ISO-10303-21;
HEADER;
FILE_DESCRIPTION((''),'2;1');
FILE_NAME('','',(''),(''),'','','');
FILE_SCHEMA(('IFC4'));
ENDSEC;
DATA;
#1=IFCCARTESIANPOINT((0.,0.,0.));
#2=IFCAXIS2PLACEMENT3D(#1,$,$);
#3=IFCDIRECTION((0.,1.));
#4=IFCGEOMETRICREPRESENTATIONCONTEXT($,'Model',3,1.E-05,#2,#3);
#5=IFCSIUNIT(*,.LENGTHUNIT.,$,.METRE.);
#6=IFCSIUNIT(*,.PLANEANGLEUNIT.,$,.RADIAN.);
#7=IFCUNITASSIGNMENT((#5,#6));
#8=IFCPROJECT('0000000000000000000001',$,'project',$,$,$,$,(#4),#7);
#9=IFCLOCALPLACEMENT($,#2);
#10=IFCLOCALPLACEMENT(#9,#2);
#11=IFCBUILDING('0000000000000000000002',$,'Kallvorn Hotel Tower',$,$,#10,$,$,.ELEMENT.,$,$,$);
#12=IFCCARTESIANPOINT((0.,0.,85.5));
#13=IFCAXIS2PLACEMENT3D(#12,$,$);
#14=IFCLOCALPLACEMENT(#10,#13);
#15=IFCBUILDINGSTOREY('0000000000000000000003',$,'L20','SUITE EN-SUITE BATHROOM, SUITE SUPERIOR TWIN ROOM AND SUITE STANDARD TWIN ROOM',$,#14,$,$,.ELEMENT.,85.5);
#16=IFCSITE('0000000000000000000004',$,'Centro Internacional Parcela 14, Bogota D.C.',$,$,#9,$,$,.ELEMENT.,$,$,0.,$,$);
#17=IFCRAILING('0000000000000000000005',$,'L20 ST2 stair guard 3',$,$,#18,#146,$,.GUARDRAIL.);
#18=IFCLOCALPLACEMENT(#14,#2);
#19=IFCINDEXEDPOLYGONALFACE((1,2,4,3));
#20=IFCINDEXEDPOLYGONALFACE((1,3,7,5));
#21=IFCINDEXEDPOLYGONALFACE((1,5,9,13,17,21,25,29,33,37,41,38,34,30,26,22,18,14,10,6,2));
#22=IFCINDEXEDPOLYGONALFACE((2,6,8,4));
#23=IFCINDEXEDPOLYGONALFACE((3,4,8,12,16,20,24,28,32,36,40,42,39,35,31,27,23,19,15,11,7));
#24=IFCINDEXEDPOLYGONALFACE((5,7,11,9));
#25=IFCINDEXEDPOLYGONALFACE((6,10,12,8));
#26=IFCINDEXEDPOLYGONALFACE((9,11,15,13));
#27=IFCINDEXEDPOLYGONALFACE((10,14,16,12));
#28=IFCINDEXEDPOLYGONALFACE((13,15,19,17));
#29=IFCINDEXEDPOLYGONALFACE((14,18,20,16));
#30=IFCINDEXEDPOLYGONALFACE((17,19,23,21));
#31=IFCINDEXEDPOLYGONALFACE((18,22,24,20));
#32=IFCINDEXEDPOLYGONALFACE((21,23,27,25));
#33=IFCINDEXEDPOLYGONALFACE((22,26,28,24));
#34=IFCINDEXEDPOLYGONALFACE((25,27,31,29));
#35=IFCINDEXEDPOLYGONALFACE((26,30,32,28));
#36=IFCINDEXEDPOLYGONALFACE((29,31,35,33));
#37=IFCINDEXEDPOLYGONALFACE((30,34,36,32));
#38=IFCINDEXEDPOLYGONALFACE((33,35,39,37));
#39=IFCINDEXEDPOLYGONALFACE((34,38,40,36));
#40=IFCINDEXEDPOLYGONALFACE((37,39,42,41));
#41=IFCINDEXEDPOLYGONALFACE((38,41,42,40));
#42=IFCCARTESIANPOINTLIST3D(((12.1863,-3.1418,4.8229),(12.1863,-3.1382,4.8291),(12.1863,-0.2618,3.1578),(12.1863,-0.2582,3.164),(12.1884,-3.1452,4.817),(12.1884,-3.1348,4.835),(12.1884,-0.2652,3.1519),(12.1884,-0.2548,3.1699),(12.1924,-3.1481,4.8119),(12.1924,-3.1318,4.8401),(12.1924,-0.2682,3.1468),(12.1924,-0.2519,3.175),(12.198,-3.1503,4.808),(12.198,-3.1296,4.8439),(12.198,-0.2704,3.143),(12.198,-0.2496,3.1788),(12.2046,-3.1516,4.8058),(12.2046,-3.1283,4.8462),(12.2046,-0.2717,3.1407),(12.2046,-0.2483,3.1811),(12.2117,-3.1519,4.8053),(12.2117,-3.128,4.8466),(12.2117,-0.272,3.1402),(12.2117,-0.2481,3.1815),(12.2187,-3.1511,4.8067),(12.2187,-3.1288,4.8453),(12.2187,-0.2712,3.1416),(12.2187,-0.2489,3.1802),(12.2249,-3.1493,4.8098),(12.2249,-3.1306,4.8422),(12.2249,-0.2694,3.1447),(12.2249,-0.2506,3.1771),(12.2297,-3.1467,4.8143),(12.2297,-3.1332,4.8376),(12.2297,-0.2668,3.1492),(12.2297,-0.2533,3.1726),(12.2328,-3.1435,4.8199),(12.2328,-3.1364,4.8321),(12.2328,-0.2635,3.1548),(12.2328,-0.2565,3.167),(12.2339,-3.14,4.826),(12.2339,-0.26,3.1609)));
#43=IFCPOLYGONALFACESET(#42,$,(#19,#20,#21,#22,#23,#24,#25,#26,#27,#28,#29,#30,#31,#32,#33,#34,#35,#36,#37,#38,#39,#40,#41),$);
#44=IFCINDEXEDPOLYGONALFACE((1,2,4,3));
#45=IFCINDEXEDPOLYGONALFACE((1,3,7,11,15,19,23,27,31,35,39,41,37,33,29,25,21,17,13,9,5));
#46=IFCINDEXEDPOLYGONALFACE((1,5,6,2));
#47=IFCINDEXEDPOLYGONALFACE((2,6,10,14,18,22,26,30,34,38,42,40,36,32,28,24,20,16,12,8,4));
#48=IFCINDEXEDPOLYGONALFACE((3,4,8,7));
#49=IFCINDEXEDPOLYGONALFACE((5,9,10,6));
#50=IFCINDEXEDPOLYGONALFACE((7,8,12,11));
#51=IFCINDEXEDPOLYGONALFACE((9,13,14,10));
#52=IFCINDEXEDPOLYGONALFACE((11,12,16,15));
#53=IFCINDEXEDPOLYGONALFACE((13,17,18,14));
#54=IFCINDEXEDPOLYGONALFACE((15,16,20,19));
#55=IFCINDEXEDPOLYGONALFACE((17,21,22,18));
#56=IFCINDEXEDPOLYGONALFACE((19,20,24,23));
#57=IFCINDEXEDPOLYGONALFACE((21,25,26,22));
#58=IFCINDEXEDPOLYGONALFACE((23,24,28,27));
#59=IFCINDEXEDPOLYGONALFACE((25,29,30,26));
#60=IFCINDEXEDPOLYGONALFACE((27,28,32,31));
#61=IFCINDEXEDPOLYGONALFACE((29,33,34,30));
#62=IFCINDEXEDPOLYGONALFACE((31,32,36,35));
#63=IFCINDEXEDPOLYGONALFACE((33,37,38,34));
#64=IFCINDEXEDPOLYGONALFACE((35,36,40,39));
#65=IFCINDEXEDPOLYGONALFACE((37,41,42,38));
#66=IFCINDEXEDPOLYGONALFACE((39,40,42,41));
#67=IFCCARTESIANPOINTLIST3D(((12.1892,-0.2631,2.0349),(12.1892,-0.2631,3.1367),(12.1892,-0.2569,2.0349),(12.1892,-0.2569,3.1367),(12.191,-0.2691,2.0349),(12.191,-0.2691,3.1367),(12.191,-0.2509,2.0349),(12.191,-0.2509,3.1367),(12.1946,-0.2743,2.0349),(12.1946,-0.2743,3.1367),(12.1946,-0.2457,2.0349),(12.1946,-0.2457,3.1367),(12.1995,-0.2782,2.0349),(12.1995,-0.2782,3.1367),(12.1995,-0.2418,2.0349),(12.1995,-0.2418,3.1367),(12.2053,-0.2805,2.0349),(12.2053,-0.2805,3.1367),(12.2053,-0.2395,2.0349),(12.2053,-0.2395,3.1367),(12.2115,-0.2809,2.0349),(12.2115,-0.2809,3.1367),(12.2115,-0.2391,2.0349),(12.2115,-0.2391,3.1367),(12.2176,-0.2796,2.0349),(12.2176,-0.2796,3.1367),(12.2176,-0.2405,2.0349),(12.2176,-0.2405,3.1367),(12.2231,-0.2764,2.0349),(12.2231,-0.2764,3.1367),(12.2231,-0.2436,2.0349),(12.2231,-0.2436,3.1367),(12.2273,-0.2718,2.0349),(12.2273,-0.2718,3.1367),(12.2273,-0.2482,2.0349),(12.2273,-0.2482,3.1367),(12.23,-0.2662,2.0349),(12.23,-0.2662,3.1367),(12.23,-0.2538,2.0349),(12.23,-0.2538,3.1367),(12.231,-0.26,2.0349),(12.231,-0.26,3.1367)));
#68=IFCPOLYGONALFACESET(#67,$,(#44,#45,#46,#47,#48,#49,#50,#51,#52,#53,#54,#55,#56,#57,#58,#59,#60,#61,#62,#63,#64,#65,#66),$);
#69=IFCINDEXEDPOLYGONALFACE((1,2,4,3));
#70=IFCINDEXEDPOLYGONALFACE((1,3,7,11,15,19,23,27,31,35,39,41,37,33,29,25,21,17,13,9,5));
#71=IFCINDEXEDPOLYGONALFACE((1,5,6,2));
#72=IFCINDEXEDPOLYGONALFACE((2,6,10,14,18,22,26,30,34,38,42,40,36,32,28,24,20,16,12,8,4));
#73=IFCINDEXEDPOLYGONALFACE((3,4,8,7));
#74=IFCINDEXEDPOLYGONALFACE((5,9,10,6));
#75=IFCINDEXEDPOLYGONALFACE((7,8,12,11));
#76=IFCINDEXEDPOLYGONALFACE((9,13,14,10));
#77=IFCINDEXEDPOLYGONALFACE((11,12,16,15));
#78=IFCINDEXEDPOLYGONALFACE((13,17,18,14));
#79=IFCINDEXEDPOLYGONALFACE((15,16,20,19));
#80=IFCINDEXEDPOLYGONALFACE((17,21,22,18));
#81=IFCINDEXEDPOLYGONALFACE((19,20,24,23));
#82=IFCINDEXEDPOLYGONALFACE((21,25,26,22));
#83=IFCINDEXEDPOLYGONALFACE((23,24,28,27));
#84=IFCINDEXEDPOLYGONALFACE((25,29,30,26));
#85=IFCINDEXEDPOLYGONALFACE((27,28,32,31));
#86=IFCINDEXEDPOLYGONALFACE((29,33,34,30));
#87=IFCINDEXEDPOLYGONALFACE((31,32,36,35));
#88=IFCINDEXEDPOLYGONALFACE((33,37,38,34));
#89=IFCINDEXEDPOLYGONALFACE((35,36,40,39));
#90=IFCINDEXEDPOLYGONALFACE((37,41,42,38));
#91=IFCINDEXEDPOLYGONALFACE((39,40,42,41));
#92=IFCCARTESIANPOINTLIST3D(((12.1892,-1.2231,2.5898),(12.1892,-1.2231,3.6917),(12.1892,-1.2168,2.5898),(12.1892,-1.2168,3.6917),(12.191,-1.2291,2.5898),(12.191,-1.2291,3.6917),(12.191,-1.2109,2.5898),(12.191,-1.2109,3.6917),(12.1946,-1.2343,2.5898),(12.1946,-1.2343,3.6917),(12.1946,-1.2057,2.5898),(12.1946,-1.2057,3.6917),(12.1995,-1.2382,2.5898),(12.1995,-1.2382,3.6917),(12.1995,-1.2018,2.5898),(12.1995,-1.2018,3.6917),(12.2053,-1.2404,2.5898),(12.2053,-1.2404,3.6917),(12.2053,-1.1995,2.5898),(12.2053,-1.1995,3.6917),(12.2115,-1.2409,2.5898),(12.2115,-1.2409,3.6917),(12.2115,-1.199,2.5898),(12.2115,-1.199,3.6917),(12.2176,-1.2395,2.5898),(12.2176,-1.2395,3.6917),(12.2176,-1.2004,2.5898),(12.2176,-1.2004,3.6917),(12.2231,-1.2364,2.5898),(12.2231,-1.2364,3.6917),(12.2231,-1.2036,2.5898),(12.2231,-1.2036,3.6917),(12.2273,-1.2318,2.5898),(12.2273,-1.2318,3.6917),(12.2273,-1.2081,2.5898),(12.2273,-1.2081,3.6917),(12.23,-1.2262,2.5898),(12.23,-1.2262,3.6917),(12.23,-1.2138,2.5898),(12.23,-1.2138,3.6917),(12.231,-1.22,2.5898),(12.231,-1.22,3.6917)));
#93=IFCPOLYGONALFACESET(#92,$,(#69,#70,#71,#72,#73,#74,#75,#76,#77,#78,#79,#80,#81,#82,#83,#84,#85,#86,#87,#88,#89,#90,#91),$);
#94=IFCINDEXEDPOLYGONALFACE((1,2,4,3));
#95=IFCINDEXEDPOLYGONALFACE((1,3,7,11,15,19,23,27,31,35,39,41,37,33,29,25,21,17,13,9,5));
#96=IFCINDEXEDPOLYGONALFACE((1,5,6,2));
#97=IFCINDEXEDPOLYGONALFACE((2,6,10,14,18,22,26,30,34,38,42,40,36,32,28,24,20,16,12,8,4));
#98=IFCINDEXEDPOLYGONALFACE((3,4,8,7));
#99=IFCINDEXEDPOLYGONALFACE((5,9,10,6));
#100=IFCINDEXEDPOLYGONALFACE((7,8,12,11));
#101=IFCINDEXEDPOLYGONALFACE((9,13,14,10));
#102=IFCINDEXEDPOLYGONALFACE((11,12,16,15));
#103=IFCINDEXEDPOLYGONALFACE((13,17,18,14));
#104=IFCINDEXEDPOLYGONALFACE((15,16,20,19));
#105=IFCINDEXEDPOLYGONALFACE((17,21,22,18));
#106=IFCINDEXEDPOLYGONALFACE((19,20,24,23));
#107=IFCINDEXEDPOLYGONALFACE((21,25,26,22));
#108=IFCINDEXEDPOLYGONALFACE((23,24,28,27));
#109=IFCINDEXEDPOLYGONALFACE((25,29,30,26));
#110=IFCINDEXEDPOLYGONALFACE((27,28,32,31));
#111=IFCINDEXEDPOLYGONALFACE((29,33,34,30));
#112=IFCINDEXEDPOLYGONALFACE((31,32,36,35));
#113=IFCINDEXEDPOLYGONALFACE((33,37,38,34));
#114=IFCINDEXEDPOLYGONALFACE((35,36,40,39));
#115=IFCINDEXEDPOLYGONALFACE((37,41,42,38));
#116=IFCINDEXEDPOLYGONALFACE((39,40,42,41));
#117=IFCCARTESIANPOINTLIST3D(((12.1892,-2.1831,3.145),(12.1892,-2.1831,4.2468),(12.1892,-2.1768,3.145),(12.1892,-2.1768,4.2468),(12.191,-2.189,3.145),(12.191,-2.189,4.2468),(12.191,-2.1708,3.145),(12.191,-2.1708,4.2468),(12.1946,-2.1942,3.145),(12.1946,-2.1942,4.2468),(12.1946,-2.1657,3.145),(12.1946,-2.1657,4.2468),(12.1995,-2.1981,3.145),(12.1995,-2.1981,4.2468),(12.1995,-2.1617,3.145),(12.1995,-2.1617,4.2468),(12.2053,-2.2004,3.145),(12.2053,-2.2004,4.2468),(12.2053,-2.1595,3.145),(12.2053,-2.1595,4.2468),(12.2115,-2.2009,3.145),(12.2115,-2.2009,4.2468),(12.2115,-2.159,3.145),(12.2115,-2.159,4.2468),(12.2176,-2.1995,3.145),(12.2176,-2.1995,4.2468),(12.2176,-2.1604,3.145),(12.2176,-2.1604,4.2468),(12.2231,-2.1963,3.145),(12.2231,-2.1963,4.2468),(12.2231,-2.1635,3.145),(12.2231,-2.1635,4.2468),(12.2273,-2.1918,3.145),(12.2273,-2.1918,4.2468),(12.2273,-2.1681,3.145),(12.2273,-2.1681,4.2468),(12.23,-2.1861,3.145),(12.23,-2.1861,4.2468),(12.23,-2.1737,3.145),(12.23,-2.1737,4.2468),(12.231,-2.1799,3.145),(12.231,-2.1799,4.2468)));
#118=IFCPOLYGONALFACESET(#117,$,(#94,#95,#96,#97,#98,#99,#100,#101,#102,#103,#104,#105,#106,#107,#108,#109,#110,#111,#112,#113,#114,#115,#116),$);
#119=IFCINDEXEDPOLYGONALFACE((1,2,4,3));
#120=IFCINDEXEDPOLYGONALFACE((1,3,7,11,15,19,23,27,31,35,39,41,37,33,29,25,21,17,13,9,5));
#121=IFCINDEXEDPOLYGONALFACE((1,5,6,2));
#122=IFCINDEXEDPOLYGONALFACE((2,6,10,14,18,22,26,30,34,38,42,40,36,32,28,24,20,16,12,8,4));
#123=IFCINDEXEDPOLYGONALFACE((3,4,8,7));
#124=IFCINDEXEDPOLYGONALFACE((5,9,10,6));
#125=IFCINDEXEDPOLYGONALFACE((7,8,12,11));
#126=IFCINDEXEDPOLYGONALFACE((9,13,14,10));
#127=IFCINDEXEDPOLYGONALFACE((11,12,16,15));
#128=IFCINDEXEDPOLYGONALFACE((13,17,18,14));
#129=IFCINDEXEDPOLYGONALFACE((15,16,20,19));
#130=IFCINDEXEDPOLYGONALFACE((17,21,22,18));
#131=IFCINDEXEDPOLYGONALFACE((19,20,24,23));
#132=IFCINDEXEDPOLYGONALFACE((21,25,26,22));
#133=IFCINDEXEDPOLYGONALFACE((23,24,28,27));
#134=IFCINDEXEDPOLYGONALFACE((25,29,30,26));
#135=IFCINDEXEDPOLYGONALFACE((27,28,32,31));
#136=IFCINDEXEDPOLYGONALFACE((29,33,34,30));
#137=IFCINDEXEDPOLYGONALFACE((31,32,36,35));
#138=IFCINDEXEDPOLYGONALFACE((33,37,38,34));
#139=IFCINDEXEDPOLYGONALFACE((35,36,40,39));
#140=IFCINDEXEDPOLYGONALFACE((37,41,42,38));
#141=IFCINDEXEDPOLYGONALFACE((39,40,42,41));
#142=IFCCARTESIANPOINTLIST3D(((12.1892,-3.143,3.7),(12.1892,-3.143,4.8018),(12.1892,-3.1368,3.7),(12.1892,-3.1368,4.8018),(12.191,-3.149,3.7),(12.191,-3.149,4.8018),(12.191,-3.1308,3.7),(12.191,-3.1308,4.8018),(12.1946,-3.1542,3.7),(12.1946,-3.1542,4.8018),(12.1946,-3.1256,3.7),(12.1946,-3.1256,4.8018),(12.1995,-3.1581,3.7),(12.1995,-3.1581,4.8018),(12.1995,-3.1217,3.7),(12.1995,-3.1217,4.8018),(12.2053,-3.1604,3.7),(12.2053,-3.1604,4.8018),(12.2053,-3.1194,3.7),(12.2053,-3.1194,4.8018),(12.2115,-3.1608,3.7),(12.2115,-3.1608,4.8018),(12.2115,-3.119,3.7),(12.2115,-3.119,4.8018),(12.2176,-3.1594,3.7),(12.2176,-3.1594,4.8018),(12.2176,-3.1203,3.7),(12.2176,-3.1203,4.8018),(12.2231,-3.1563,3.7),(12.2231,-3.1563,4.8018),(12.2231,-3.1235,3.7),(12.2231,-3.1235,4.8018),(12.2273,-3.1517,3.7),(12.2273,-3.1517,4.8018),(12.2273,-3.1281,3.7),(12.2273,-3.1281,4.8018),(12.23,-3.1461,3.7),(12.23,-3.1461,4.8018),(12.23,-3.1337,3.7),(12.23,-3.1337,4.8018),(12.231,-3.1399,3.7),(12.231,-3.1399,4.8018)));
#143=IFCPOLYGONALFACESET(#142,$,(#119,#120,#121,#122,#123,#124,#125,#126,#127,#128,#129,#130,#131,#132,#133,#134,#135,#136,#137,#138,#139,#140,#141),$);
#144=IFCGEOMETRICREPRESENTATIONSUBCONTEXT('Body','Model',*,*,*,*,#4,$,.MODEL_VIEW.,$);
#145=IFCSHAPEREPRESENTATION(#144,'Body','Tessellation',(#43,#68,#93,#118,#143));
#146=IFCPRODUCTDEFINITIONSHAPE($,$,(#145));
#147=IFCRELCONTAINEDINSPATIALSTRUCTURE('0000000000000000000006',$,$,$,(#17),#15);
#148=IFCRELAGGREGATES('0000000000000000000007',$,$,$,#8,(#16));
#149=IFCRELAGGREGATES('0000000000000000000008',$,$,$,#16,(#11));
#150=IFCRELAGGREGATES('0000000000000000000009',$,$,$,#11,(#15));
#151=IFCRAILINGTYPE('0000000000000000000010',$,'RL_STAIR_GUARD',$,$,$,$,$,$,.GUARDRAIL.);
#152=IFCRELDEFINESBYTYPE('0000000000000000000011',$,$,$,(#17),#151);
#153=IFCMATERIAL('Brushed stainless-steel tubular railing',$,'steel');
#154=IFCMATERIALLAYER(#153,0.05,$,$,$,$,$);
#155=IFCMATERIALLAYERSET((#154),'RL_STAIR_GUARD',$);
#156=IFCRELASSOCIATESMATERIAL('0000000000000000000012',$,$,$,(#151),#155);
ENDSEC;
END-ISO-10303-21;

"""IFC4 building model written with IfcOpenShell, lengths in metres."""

from ifc_helpers import new_model, si_unit, direction, frame, origin, origin_2d, place, context, subcontext, project, spatial, circle, extrude, material, layer, layer_set, type_object, element, save


model = new_model("IFC4")

# Units and contexts
model_context = context("Model", 3, precision=1e-05, world=origin(), true_north=direction((0.0, 1.0)))
body_context = subcontext(model_context, "Body", "Model", "MODEL_VIEW")
ifc_project = project(units=[si_unit("LENGTHUNIT", "METRE"), si_unit("PLANEANGLEUNIT", "RADIAN")], contexts=[model_context])

# Site, building, storey
site_placement = place(None, origin())
site = spatial("IfcSite", under=ifc_project, at=site_placement, Name="Centro Internacional Parcela 14, Bogota D.C.", CompositionType="ELEMENT", RefElevation=0.0)
building_placement = place(site_placement, origin())
building = spatial("IfcBuilding", under=site, at=building_placement, Name="Kallvorn Hotel Tower", CompositionType="ELEMENT")
storey_placement = place(building_placement, frame((0.0, 0.0, 85.5)))
storey = spatial("IfcBuildingStorey", under=building, at=storey_placement, Name="L20", Description="SUITE EN-SUITE BATHROOM, SUITE SUPERIOR TWIN ROOM AND SUITE STANDARD TWIN ROOM", CompositionType="ELEMENT", Elevation=85.5)

# Railing
ifc_material_1 = material(Name="Brushed stainless-steel tubular railing", Category="steel")
ifc_layer_1 = layer(ifc_material_1, 0.05)
ifc_layer_set_1 = layer_set([ifc_layer_1], Name="RL_STAIR_GUARD")
railing_type_1 = type_object("IfcRailingType", Name="RL_STAIR_GUARD", PredefinedType="GUARDRAIL", material=ifc_layer_set_1)
railing_1_placement = place(storey_placement, frame((12.21, -0.26, 2.0349)))
element("IfcRailing", 1, at=railing_1_placement, inside=storey, type_object=railing_type_1, Name="L20 ST2 stair guard 3", PredefinedType="GUARDRAIL", context=body_context, shape_type="SweptSolid", body=[
    extrude(circle(Radius=0.0239, at=origin_2d()), frame((0.0, 0.0, 1.126), z_axis=(0.0, -0.865721, 0.500527), x_axis=(1.0, 0.0, 0.0)), (0.0, 0.0, 1.0), 3.3267),
    extrude(circle(Radius=0.021, at=origin_2d()), origin(), (0.0, 0.0, 1.0), 1.1018),
    extrude(circle(Radius=0.021, at=origin_2d()), frame((0.0, -0.96, 0.5549)), (0.0, 0.0, 1.0), 1.1018),
    extrude(circle(Radius=0.021, at=origin_2d()), frame((0.0, -1.9199, 1.1101)), (0.0, 0.0, 1.0), 1.1018),
    extrude(circle(Radius=0.021, at=origin_2d()), frame((0.0, -2.8799, 1.665)), (0.0, 0.0, 1.0), 1.1018),
])

save(model, "model.ifc")
